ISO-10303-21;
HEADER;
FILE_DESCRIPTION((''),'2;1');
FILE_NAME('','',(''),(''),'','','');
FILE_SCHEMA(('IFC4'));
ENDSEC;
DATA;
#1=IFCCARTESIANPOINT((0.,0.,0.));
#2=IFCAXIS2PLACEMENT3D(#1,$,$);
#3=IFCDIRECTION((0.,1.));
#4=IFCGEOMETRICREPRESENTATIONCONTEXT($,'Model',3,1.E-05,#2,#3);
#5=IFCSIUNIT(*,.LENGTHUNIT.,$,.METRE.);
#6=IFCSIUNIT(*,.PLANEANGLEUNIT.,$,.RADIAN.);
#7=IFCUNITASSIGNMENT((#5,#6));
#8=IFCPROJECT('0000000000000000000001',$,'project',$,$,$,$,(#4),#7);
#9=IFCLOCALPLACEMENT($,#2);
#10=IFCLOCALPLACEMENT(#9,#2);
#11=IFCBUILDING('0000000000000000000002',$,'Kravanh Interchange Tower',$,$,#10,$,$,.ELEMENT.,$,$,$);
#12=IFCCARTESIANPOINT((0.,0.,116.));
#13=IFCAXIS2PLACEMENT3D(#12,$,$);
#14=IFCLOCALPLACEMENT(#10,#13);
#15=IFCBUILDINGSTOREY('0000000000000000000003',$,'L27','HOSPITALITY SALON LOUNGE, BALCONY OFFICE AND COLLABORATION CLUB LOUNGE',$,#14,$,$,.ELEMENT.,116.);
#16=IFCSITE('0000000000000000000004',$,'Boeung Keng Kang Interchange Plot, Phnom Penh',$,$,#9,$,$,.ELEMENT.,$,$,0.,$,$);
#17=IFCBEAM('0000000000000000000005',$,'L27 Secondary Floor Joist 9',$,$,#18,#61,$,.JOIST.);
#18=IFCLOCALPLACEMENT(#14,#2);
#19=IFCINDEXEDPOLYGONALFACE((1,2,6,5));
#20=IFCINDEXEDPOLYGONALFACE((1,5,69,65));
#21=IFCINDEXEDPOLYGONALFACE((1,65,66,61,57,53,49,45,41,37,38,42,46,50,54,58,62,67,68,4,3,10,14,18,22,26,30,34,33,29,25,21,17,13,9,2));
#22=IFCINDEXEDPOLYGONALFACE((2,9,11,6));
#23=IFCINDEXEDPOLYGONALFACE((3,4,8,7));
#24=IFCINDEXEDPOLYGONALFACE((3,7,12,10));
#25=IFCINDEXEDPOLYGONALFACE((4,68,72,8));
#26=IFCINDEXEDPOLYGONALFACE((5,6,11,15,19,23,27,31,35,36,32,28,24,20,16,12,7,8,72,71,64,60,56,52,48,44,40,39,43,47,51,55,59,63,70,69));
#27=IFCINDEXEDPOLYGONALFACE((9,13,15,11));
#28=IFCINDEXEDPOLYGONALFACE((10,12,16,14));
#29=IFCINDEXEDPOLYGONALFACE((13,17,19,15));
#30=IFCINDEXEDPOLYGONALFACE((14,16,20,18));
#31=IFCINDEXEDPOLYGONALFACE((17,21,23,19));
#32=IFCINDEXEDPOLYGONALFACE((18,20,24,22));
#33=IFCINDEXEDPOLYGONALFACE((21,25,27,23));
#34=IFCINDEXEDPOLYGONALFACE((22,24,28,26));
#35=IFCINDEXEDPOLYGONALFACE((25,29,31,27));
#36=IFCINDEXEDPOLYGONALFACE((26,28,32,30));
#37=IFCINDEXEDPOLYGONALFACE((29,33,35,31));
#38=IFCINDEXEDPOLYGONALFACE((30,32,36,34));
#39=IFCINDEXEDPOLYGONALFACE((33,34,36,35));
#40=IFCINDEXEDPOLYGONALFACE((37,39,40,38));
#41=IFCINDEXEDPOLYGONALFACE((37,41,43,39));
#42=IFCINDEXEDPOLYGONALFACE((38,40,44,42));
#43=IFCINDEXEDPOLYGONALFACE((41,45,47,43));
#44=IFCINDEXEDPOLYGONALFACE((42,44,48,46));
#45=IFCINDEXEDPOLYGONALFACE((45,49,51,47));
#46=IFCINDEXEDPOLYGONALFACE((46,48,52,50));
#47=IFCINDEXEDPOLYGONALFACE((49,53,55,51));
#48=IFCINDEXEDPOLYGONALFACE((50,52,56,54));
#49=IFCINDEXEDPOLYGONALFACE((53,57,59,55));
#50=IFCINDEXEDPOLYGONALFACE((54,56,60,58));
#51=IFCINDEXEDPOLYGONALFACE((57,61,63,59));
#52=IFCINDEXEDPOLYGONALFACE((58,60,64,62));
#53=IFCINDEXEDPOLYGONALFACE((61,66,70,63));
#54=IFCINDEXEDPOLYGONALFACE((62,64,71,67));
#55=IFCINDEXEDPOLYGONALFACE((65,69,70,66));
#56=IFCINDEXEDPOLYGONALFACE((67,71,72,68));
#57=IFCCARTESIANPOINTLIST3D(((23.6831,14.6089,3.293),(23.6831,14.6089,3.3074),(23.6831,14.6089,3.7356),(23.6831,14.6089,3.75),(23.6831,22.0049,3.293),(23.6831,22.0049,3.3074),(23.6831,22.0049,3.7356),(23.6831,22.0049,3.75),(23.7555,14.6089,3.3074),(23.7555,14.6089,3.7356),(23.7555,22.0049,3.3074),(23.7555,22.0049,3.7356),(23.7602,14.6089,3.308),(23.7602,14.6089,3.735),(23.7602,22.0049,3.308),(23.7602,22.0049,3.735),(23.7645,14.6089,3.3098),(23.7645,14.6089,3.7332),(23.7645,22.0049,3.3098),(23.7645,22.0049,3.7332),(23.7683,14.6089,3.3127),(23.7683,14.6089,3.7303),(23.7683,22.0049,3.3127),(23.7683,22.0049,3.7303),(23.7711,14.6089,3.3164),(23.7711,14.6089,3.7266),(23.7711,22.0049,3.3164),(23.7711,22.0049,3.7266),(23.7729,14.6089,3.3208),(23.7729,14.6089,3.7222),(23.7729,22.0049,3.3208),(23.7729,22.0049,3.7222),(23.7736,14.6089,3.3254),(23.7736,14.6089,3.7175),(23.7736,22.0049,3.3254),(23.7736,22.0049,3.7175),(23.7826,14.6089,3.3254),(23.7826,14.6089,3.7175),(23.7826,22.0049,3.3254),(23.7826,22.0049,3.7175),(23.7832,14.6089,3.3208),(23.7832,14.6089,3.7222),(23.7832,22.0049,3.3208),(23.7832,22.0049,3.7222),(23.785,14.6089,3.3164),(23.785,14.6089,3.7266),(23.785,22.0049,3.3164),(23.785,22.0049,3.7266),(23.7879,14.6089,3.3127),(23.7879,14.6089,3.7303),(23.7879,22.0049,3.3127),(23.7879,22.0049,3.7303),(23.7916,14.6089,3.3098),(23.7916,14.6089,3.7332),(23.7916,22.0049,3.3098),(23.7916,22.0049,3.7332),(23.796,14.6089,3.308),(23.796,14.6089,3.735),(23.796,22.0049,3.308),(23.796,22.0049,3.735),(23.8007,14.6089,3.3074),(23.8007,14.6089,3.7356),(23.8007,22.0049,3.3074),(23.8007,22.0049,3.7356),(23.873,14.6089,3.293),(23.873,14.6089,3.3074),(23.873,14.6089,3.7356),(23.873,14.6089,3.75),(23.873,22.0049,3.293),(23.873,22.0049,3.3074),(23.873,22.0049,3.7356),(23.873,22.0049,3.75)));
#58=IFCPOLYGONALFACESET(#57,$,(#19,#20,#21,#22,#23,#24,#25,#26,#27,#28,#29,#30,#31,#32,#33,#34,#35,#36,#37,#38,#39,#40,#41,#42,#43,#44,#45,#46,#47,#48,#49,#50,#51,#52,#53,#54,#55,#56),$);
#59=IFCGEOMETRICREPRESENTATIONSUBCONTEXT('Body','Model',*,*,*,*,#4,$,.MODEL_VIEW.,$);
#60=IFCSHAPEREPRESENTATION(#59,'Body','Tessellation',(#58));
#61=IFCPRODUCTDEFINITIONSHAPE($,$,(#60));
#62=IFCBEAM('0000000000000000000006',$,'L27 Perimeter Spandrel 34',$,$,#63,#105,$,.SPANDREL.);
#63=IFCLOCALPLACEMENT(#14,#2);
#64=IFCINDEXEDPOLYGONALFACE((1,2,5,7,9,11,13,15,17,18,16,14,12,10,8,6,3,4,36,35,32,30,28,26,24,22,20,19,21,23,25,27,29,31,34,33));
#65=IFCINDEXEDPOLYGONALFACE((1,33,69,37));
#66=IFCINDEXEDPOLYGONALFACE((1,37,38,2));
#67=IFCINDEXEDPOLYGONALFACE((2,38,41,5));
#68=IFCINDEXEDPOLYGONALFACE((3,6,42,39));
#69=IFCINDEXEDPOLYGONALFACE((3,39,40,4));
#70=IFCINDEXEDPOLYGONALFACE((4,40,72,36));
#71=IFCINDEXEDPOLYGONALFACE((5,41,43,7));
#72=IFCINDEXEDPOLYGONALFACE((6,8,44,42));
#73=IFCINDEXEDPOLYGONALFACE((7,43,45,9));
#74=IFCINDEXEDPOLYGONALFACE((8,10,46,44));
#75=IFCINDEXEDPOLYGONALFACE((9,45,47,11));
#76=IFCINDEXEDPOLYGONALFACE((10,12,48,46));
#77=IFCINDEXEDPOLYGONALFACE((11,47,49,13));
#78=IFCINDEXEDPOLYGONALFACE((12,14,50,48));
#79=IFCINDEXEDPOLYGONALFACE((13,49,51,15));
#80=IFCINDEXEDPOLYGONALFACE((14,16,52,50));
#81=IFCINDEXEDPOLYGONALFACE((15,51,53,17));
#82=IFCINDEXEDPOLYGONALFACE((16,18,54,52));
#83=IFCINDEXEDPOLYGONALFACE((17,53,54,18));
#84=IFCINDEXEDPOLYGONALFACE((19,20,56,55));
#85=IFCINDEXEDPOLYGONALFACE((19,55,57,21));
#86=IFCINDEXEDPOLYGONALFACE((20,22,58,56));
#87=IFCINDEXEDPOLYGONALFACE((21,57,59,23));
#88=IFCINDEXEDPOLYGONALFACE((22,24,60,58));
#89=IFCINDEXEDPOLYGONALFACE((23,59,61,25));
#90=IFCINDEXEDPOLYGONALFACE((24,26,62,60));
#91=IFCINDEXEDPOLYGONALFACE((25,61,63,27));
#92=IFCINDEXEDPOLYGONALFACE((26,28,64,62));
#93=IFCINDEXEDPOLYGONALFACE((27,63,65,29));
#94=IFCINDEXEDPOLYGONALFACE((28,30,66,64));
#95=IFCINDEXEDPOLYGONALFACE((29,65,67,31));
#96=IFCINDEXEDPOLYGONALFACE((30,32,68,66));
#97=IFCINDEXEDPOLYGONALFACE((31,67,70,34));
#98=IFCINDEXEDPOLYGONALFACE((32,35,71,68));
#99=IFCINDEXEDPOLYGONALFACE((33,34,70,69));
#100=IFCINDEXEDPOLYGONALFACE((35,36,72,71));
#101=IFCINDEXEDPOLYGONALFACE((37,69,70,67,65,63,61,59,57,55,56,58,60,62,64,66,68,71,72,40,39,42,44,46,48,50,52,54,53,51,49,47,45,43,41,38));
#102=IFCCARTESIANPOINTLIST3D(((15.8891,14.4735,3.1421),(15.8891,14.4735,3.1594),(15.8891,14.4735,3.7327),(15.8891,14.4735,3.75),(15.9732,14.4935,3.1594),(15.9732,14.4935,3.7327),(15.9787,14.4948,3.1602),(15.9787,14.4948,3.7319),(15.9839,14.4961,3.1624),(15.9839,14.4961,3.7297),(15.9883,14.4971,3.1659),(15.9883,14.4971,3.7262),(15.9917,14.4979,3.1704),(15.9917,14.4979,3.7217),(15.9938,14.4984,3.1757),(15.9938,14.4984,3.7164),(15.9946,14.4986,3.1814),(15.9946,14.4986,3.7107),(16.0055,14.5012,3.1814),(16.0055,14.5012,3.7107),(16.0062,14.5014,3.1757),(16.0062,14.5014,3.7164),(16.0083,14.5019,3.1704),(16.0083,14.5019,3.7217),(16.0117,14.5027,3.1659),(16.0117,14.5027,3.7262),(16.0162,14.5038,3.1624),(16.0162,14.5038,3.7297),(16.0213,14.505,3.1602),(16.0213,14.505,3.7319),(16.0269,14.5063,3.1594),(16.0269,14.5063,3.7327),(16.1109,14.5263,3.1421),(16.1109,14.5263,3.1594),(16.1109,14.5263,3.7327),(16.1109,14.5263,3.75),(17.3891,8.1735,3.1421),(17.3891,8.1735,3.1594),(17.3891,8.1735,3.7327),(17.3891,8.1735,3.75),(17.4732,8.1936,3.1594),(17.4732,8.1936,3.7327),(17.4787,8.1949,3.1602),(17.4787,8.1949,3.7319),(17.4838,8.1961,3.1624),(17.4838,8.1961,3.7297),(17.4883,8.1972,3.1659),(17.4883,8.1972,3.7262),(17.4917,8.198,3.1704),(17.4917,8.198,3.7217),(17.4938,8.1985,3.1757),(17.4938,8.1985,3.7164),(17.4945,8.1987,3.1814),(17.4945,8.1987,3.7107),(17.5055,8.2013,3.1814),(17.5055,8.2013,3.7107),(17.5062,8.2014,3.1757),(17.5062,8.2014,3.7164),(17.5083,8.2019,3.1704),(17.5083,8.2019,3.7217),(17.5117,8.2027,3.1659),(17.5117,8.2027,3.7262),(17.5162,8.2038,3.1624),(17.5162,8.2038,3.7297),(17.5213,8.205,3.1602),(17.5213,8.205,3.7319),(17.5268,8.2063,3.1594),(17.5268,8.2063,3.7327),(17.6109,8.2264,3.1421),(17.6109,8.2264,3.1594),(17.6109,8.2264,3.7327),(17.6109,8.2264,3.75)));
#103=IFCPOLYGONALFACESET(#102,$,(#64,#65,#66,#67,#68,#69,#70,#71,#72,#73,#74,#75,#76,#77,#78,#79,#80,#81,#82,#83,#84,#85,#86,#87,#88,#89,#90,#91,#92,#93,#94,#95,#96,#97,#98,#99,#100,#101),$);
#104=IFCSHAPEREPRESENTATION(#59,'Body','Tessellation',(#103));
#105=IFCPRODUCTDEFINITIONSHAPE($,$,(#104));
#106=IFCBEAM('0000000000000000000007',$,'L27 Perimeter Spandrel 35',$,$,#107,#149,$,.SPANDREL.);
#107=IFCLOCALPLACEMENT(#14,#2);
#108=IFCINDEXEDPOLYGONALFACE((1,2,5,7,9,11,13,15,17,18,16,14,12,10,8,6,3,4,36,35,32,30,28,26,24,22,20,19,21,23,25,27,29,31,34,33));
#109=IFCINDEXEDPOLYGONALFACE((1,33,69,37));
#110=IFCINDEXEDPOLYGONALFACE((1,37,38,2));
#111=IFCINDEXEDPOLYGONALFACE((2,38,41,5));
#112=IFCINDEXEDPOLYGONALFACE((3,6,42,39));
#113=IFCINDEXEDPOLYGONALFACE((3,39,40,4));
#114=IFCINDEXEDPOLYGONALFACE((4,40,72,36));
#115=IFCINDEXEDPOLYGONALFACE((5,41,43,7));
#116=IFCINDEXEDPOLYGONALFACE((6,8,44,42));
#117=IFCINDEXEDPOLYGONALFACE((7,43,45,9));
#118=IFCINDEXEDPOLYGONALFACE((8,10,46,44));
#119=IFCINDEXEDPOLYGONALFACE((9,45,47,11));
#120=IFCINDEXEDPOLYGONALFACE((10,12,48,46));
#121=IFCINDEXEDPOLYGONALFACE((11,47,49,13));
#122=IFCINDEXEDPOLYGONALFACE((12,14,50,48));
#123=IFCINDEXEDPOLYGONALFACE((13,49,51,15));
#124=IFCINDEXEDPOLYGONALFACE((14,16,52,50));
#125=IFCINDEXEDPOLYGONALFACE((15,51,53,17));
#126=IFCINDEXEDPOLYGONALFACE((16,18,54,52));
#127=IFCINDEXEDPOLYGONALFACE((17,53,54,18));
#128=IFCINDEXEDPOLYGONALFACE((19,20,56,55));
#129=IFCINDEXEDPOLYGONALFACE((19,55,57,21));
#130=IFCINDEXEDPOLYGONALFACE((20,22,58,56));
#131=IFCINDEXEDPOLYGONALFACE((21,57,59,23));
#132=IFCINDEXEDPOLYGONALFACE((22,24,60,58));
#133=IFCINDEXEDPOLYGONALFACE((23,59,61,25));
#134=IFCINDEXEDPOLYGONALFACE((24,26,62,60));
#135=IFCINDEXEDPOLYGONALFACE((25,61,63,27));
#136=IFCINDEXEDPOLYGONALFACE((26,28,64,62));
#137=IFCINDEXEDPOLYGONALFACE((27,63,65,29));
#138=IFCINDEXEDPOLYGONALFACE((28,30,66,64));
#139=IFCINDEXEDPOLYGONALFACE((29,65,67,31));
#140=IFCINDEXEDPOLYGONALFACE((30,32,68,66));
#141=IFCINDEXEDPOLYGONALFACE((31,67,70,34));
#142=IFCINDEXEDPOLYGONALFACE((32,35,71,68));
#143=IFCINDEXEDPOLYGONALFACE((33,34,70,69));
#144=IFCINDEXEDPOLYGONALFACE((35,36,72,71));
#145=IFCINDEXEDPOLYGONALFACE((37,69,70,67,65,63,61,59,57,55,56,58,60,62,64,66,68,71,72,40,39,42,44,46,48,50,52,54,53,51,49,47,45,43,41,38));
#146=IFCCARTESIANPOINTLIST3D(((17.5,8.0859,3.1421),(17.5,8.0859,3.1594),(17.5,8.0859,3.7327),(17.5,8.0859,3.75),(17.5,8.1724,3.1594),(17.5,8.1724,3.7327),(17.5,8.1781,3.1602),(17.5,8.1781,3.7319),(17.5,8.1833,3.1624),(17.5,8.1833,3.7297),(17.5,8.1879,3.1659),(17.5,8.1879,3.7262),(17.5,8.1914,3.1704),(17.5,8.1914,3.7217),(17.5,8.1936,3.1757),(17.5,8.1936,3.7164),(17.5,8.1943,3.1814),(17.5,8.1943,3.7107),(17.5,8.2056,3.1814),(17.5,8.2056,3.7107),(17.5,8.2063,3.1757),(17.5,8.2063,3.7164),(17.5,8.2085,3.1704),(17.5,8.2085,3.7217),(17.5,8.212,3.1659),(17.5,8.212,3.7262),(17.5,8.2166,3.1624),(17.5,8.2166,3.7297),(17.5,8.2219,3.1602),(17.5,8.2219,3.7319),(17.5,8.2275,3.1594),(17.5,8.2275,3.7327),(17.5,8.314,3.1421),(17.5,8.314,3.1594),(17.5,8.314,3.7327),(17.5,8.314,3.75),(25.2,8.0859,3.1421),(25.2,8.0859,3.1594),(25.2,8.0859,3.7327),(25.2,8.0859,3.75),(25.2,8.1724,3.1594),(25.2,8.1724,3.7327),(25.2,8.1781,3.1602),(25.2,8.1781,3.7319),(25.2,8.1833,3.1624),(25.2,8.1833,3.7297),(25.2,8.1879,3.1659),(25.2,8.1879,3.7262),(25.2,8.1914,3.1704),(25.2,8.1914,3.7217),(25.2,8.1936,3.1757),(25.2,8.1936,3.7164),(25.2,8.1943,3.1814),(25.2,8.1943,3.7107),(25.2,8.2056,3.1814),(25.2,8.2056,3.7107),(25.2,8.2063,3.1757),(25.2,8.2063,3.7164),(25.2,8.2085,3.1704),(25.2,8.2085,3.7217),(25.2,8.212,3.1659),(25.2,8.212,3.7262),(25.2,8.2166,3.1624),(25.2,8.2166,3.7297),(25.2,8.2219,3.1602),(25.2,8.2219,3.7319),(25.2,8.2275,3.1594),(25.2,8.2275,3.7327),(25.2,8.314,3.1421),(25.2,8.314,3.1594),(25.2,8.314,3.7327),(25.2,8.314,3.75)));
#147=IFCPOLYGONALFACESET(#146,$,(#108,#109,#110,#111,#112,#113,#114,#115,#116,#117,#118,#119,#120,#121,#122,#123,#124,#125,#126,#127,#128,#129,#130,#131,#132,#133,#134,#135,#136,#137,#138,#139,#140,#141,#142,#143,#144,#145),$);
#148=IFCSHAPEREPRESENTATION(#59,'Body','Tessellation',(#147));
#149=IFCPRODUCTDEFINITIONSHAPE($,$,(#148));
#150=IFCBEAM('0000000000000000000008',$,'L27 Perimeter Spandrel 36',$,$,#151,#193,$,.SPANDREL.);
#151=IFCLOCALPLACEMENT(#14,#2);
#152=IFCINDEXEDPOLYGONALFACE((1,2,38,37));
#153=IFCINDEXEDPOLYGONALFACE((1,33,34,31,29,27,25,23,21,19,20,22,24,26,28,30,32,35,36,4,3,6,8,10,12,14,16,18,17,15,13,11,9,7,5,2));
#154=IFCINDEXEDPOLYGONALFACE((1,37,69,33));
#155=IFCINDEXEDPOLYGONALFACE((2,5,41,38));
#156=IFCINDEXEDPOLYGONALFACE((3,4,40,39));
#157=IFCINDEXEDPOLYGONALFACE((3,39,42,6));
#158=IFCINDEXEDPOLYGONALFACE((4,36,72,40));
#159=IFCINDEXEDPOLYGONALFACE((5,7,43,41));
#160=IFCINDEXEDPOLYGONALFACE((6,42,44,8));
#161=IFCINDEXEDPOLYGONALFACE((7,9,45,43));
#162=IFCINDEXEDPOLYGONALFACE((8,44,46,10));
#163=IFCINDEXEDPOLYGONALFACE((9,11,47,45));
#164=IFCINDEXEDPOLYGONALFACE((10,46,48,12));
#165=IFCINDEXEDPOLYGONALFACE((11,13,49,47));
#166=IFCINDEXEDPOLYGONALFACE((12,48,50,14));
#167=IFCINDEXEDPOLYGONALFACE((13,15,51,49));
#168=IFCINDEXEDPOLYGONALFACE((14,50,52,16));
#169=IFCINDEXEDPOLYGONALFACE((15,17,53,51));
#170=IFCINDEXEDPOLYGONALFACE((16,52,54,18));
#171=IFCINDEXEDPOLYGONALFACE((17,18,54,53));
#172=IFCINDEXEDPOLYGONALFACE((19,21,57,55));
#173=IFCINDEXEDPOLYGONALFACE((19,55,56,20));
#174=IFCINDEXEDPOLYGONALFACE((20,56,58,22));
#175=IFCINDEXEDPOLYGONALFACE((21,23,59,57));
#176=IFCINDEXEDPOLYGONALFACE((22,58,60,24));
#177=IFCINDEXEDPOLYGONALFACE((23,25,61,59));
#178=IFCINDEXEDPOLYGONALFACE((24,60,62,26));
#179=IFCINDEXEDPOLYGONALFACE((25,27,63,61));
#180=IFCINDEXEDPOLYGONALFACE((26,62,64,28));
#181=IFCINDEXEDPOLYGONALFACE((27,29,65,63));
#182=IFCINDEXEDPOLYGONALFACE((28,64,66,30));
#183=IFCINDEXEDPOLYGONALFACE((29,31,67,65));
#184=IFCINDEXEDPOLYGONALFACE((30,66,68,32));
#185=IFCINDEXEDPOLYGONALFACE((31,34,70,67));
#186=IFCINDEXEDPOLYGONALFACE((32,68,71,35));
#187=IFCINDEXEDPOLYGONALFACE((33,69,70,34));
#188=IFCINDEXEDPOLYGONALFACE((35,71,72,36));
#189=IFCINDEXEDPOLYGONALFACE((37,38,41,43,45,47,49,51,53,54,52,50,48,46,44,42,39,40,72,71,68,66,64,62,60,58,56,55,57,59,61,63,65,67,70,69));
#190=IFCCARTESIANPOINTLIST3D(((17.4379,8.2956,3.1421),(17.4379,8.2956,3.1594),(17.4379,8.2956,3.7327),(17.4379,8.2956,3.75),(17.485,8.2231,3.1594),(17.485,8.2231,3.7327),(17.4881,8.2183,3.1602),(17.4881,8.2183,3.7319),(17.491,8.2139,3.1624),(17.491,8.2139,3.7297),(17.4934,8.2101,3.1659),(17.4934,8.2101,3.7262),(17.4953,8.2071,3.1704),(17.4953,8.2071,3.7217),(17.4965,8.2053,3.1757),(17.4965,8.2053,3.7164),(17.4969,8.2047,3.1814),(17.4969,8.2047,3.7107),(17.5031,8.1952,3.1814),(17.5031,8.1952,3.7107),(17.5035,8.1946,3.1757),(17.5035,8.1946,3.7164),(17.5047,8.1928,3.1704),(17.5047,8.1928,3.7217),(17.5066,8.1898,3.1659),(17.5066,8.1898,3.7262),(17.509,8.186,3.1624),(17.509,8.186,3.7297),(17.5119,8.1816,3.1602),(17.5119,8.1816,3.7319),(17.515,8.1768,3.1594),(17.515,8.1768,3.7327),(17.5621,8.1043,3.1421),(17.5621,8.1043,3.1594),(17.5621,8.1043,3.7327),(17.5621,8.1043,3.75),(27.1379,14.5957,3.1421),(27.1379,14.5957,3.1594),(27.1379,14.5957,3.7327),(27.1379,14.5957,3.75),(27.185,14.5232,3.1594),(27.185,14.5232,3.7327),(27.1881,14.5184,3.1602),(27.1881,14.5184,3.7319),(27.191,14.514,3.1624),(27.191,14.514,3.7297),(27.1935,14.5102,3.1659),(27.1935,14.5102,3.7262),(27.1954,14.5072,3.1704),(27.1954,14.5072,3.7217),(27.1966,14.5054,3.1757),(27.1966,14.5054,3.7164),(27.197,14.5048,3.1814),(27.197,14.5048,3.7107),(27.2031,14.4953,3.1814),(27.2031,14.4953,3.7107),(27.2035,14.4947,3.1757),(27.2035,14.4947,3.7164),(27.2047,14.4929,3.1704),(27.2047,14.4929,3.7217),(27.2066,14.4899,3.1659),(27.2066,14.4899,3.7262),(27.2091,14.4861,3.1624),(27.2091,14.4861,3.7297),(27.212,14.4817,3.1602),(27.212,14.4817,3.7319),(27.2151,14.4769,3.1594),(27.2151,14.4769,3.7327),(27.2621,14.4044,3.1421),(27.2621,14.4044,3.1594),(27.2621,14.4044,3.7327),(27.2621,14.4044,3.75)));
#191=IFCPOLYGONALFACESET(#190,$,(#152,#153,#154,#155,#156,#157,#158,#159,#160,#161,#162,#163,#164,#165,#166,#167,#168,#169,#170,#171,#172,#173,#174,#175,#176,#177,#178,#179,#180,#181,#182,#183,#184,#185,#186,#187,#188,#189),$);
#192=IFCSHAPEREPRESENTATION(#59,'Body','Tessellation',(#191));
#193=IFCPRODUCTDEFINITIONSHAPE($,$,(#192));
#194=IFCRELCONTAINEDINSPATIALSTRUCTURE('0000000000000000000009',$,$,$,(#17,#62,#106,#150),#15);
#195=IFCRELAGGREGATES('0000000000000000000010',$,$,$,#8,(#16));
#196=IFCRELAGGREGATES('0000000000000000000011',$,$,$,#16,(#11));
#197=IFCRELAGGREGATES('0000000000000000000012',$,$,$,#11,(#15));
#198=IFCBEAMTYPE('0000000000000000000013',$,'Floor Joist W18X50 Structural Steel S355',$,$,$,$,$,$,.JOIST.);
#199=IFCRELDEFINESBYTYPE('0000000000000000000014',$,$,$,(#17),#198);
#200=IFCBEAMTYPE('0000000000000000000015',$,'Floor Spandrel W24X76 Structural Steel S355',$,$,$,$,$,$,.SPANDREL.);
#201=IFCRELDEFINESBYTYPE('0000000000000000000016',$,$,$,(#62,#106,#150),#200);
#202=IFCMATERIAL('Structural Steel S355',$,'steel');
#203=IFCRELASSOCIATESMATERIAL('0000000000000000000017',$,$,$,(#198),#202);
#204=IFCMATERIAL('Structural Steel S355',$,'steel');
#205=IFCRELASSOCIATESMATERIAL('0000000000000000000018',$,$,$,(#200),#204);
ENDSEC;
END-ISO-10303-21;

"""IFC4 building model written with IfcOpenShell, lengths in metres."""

from ifc_helpers import new_model, si_unit, direction, frame, origin, origin_2d, place, context, subcontext, project, spatial, i_section, extrude, material, material_profile, profile_set, type_object, element, save


model = new_model("IFC4")

# Units and contexts
model_context = context("Model", 3, precision=1e-05, world=origin(), true_north=direction((0.0, 1.0)))
body_context = subcontext(model_context, "Body", "Model", "MODEL_VIEW")
ifc_project = project(units=[si_unit("LENGTHUNIT", "METRE"), si_unit("PLANEANGLEUNIT", "RADIAN")], contexts=[model_context])

# Site, building, storey
site_placement = place(None, origin())
site = spatial("IfcSite", under=ifc_project, at=site_placement, Name="Boeung Keng Kang Interchange Plot, Phnom Penh", CompositionType="ELEMENT", RefElevation=0.0)
building_placement = place(site_placement, origin())
building = spatial("IfcBuilding", under=site, at=building_placement, Name="Kravanh Interchange Tower", CompositionType="ELEMENT")
storey_placement = place(building_placement, frame((0.0, 0.0, 116.0)))
storey = spatial("IfcBuildingStorey", under=building, at=storey_placement, Name="L27", Description="HOSPITALITY SALON LOUNGE, BALCONY OFFICE AND COLLABORATION CLUB LOUNGE", CompositionType="ELEMENT", Elevation=116.0)

# Beams
ifc_material_1 = material(Name="Structural Steel S355", Category="steel")
ifc_material_profile_1 = material_profile(ifc_material_1, i_section(OverallWidth=0.1899, OverallDepth=0.457, WebThickness=0.009, FlangeThickness=0.0144, FilletRadius=0.0181, at=origin_2d()), Name="W18X50")
ifc_profile_set_1 = profile_set([ifc_material_profile_1], Name="Structural Steel S355")
beam_type_1 = type_object("IfcBeamType", Name="Floor Joist W18X50 Structural Steel S355", PredefinedType="JOIST", material=ifc_profile_set_1)
for number, where, z_axis, x_axis, name in (
    (1, (23.7781, 14.6089, 3.5215), (0.0, 1.0, 0.0), (-1.0, 0.0, 0.0), "L27 Secondary Floor Joist 9"),
):
    element("IfcBeam", number, at=place(storey_placement, frame(where, z_axis=z_axis, x_axis=x_axis)), inside=storey, type_object=beam_type_1, Name=name, PredefinedType="JOIST", context=body_context, shape_type="SweptSolid", body=[
        extrude(i_section(OverallWidth=0.1899, OverallDepth=0.457, WebThickness=0.009, FlangeThickness=0.0144, FilletRadius=0.0181, at=origin_2d()), origin(), (0.0, 0.0, 1.0), 7.396),
    ])
ifc_material_2 = material(Name="Structural Steel S355", Category="steel")
ifc_material_profile_2 = material_profile(ifc_material_2, i_section(OverallWidth=0.228, OverallDepth=0.6079, WebThickness=0.0112, FlangeThickness=0.0173, FilletRadius=0.022, at=origin_2d()), Name="W24X76")
ifc_profile_set_2 = profile_set([ifc_material_profile_2], Name="Structural Steel S355")
beam_type_2 = type_object("IfcBeamType", Name="Floor Spandrel W24X76 Structural Steel S355", PredefinedType="SPANDREL", material=ifc_profile_set_2)
beam_1_placement = place(storey_placement, frame((17.5, 8.2, 3.446), z_axis=(-0.231619, 0.972807, 0.0), x_axis=(-0.972807, -0.231619, 0.0)))
element("IfcBeam", 2, at=beam_1_placement, inside=storey, type_object=beam_type_2, Name="L27 Perimeter Spandrel 34", PredefinedType="SPANDREL", context=body_context, shape_type="SweptSolid", body=[
    extrude(i_section(OverallWidth=0.228, OverallDepth=0.6079, WebThickness=0.0112, FlangeThickness=0.0173, FilletRadius=0.022, at=origin_2d()), origin(), (0.0, 0.0, 1.0), 6.4761),
])
beam_2_placement = place(storey_placement, frame((17.5, 8.2, 3.446), z_axis=(1.0, 0.0, 0.0), x_axis=(0.0, 1.0, 0.0)))
element("IfcBeam", 3, at=beam_2_placement, inside=storey, type_object=beam_type_2, Name="L27 Perimeter Spandrel 35", PredefinedType="SPANDREL", context=body_context, shape_type="SweptSolid", body=[
    extrude(i_section(OverallWidth=0.228, OverallDepth=0.6079, WebThickness=0.0112, FlangeThickness=0.0173, FilletRadius=0.022, at=origin_2d()), origin(), (0.0, 0.0, 1.0), 7.7),
])
beam_3_placement = place(storey_placement, frame((17.5, 8.2, 3.446), z_axis=(0.838638, 0.544689, 0.0), x_axis=(-0.544689, 0.838638, 0.0)))
element("IfcBeam", 4, at=beam_3_placement, inside=storey, type_object=beam_type_2, Name="L27 Perimeter Spandrel 36", PredefinedType="SPANDREL", context=body_context, shape_type="SweptSolid", body=[
    extrude(i_section(OverallWidth=0.228, OverallDepth=0.6079, WebThickness=0.0112, FlangeThickness=0.0173, FilletRadius=0.022, at=origin_2d()), origin(), (0.0, 0.0, 1.0), 11.5664),
])

save(model, "model.ifc")
